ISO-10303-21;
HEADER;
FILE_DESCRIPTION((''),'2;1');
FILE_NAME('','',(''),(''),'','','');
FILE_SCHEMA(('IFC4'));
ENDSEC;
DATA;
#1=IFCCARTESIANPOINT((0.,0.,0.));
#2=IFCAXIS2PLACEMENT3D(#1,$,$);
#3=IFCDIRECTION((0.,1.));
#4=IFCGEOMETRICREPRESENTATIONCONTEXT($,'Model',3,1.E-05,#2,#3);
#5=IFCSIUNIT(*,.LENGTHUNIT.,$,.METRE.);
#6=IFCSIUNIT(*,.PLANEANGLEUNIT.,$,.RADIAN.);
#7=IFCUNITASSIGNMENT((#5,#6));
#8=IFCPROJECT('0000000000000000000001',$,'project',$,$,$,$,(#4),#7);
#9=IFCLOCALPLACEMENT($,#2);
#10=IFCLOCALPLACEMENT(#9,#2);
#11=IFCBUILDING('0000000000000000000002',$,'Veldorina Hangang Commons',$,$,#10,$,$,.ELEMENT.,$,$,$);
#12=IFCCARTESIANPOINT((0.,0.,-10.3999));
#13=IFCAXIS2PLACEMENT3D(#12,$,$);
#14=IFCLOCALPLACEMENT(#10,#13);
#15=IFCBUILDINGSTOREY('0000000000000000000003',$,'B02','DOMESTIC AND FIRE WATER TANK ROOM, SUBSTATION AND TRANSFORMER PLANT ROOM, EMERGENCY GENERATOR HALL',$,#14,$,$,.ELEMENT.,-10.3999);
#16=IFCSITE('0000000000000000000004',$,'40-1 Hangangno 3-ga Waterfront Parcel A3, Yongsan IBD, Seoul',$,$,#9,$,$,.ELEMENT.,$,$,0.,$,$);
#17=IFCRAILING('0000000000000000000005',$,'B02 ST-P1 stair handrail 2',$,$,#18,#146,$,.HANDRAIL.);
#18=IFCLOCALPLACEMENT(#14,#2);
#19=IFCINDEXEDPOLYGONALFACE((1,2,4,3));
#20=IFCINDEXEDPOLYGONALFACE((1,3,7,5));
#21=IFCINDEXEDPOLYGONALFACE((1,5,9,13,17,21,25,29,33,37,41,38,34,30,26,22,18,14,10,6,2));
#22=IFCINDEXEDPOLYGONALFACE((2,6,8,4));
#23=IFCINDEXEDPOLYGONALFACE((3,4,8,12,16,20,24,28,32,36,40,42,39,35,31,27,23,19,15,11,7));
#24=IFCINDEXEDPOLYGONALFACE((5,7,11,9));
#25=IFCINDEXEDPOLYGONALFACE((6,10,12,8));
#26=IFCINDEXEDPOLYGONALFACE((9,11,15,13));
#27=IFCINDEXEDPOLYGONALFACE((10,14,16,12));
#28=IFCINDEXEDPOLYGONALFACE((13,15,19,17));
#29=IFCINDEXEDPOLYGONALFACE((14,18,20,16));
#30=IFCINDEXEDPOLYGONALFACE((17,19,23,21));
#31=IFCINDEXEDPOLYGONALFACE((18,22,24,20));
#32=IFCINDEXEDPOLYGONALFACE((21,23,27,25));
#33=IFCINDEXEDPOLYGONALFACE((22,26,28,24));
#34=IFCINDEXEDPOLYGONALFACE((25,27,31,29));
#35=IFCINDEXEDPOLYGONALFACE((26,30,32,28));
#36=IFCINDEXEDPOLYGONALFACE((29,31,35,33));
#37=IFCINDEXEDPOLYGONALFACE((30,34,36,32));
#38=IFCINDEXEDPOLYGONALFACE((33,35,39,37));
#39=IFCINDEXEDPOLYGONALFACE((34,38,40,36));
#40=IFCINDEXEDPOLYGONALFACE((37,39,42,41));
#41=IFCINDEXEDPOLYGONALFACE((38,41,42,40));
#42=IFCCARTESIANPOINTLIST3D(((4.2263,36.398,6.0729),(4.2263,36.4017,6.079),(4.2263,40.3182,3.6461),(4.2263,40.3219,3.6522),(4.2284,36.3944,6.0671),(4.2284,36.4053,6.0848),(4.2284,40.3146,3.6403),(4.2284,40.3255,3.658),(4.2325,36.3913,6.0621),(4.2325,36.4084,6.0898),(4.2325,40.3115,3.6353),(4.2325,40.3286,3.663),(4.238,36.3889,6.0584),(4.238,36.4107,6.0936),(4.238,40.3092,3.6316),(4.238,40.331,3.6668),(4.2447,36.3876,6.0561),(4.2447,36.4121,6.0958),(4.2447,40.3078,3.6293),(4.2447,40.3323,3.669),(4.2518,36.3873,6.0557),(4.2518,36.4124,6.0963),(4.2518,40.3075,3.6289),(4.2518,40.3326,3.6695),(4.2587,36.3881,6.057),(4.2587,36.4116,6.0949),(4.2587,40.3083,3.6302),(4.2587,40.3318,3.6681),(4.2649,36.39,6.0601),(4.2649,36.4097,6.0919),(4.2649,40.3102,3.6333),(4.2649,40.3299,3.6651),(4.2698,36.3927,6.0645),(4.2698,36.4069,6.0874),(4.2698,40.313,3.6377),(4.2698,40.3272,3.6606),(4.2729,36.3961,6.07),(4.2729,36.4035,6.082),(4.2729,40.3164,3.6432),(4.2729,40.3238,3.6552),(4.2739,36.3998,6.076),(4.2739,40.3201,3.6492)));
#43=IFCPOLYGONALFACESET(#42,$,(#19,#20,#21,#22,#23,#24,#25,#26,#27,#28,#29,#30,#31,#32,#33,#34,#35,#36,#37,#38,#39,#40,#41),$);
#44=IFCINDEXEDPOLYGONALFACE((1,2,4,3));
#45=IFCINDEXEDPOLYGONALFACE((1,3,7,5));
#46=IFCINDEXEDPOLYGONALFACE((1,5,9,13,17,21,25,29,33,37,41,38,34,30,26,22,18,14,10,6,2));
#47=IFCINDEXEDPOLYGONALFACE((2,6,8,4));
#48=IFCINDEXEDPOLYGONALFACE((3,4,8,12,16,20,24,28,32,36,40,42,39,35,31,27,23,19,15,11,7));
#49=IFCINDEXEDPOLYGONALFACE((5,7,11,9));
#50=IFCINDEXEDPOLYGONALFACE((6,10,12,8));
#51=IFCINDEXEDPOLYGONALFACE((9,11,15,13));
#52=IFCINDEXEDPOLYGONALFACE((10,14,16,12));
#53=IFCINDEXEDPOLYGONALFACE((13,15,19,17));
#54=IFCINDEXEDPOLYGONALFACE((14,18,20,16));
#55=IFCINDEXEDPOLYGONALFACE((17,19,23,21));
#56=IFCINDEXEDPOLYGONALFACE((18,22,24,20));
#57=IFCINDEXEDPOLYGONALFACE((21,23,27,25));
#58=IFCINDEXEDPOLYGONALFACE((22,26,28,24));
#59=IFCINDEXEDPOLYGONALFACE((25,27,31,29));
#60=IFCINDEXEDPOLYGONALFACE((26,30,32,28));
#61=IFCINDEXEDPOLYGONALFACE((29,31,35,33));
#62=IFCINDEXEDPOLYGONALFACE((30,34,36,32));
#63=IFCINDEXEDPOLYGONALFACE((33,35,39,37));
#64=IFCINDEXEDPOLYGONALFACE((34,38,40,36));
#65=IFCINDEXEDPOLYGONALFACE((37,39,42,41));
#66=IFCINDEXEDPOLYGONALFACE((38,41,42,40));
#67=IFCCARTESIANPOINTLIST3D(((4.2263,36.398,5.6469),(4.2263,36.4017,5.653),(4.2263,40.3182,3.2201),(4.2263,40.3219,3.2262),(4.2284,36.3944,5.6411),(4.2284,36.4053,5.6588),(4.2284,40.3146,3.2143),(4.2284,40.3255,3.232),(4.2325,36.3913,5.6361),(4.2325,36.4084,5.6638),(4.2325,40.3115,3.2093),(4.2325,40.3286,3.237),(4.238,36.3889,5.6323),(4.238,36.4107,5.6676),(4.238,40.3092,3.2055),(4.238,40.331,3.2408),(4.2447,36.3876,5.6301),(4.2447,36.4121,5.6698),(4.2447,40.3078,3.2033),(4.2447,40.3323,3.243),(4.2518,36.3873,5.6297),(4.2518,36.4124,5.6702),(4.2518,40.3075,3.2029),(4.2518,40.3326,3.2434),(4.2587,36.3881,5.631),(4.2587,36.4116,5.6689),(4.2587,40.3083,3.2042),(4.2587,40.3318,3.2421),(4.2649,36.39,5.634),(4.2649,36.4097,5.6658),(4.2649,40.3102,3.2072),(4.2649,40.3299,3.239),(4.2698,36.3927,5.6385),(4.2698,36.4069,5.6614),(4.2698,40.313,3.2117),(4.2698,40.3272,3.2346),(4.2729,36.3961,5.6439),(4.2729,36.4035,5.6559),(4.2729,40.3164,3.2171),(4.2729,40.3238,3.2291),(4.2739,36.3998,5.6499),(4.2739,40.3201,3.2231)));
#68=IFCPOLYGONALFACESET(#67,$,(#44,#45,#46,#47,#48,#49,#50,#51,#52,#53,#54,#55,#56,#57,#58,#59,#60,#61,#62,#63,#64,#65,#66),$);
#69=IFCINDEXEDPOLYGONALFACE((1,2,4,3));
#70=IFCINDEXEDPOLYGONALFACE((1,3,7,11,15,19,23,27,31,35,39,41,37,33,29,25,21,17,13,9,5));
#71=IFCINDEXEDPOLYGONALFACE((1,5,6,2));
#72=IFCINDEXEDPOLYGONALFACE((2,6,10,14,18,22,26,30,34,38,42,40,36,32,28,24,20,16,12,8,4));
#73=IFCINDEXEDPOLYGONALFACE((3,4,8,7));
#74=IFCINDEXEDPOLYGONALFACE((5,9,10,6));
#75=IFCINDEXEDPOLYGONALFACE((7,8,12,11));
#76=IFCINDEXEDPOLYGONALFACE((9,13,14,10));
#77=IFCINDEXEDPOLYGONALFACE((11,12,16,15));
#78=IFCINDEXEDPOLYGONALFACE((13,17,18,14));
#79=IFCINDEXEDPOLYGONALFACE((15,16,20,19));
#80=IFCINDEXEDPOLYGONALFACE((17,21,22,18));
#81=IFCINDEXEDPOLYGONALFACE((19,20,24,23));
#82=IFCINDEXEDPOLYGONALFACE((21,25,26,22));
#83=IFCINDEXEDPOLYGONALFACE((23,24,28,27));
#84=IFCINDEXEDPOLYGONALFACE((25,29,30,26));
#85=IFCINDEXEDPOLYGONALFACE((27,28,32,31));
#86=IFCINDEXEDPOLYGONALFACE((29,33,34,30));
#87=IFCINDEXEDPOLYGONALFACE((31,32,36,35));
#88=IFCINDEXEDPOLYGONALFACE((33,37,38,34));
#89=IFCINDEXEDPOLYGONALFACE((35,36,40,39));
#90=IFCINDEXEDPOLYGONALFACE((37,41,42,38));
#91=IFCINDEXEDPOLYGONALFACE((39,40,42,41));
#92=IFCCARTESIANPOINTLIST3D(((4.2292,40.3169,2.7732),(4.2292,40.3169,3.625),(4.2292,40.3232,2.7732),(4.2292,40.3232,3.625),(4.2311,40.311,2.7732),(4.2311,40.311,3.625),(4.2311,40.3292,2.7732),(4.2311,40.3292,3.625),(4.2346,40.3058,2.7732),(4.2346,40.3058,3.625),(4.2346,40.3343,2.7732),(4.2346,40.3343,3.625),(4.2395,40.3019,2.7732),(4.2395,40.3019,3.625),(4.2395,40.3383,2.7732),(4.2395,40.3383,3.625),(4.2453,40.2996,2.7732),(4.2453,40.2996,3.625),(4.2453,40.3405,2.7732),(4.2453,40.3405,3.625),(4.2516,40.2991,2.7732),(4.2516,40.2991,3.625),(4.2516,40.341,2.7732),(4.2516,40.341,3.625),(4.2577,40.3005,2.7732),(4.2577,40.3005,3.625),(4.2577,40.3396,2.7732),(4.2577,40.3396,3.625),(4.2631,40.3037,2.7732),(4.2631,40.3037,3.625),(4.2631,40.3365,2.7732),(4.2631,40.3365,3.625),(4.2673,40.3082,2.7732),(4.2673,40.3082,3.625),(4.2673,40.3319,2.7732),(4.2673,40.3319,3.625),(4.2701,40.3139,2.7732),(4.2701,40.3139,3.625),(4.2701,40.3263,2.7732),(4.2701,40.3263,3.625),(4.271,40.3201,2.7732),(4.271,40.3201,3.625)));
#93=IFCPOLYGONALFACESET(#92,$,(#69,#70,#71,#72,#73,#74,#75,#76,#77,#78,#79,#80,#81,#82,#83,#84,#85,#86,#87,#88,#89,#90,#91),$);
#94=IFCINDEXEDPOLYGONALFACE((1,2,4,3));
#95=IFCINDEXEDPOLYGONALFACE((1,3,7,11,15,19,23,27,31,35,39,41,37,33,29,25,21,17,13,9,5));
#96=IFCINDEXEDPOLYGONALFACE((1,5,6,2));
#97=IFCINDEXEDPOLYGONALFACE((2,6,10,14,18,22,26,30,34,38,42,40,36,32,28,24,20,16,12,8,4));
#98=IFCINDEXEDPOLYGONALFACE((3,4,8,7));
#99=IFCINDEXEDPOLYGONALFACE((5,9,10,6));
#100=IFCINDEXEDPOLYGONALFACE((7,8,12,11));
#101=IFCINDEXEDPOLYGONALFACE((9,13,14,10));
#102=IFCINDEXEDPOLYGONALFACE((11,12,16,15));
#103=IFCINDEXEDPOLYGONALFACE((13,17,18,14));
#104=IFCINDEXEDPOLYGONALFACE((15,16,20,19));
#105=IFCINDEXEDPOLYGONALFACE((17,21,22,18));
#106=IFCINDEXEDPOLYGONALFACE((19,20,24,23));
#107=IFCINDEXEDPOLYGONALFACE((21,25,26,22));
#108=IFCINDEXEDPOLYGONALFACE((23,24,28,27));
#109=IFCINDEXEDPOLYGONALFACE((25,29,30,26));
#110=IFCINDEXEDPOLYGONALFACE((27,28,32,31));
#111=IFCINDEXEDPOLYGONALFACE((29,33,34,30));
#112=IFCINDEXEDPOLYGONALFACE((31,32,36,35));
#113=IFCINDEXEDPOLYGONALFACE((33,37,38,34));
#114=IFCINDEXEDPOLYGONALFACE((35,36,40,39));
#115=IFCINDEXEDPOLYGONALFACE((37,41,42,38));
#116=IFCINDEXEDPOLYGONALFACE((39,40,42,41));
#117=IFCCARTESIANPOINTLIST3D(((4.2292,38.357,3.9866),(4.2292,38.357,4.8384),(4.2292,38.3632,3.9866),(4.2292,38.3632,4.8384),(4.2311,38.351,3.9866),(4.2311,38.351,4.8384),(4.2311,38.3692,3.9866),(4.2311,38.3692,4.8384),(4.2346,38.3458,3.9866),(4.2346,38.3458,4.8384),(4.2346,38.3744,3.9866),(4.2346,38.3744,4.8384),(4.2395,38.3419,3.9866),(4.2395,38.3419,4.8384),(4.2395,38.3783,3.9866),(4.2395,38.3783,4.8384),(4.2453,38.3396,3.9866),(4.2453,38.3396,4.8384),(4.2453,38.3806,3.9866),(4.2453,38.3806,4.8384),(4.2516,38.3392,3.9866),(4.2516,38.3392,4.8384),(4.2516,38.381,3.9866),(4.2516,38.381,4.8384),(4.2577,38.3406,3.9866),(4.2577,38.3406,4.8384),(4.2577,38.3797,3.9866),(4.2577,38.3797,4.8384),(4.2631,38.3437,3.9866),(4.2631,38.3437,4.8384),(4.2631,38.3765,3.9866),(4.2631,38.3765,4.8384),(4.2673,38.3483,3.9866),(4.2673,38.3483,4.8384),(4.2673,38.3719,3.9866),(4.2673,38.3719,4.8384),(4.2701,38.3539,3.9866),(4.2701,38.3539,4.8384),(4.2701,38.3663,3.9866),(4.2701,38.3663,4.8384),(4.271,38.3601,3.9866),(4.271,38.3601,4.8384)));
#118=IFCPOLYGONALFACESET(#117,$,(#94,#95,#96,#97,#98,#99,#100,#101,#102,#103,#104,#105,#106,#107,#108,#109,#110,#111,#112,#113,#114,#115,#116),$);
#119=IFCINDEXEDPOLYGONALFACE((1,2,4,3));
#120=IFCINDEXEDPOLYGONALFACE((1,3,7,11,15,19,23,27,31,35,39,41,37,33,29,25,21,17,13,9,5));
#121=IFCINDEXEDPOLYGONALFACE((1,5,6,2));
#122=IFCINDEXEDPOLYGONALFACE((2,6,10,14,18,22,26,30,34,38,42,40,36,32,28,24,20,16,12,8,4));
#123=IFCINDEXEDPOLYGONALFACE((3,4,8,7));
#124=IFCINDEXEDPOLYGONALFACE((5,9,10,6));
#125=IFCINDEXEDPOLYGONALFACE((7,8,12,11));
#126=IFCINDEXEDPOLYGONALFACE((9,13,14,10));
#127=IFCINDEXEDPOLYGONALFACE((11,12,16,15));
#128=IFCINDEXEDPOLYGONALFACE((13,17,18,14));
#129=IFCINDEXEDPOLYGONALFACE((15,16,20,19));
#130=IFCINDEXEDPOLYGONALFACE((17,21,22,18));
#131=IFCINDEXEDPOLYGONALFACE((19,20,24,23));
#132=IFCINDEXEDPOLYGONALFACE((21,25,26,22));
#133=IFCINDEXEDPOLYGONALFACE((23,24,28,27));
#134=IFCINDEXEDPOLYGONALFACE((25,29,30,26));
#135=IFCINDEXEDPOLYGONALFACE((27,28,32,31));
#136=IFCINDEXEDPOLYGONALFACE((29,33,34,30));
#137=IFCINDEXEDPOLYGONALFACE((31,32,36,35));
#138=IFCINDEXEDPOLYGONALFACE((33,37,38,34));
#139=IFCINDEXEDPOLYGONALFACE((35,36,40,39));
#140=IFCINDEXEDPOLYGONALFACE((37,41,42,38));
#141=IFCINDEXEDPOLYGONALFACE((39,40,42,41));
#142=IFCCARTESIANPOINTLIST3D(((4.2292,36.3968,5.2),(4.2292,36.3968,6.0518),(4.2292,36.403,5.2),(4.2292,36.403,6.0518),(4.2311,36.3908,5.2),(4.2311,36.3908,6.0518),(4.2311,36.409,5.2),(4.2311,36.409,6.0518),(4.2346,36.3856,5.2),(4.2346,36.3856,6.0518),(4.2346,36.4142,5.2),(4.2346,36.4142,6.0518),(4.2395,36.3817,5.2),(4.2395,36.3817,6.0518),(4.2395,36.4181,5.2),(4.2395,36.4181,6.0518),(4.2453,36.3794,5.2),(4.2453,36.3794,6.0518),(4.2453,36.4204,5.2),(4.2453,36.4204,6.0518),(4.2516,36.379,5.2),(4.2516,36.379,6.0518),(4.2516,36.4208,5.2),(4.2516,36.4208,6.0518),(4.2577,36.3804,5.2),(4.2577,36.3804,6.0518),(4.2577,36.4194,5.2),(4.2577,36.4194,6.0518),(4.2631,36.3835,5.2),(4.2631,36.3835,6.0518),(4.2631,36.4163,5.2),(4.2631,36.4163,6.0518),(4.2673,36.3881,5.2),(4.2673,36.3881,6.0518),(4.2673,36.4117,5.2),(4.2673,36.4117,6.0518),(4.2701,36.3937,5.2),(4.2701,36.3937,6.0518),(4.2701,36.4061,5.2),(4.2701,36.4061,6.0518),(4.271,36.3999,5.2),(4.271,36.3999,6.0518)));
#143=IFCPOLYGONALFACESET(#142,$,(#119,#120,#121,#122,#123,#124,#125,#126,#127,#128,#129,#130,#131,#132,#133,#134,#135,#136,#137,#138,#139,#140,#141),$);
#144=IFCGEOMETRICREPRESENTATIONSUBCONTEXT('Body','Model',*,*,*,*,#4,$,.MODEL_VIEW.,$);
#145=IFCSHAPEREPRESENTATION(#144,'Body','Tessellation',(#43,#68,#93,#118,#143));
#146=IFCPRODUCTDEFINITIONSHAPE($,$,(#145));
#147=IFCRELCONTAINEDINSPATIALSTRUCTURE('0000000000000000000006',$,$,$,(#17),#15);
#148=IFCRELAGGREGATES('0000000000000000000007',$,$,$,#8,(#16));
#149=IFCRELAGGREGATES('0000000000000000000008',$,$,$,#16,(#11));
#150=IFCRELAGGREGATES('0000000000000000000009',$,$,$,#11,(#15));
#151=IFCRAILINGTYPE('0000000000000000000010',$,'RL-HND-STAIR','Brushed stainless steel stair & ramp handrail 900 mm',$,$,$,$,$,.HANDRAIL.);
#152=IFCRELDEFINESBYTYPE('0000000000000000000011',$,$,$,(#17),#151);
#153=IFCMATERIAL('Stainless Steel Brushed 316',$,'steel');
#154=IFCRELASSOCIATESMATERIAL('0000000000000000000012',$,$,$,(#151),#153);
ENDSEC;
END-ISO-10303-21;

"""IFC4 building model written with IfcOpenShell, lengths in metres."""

from ifc_helpers import new_model, si_unit, direction, frame, origin, origin_2d, place, context, subcontext, project, spatial, circle, extrude, material, type_object, element, save


model = new_model("IFC4")

# Units and contexts
model_context = context("Model", 3, precision=1e-05, world=origin(), true_north=direction((0.0, 1.0)))
body_context = subcontext(model_context, "Body", "Model", "MODEL_VIEW")
ifc_project = project(units=[si_unit("LENGTHUNIT", "METRE"), si_unit("PLANEANGLEUNIT", "RADIAN")], contexts=[model_context])

# Site, building, storey
site_placement = place(None, origin())
site = spatial("IfcSite", under=ifc_project, at=site_placement, Name="40-1 Hangangno 3-ga Waterfront Parcel A3, Yongsan IBD, Seoul", CompositionType="ELEMENT", RefElevation=0.0)
building_placement = place(site_placement, origin())
building = spatial("IfcBuilding", under=site, at=building_placement, Name="Veldorina Hangang Commons", CompositionType="ELEMENT")
storey_placement = place(building_placement, frame((0.0, 0.0, -10.3999)))
storey = spatial("IfcBuildingStorey", under=building, at=storey_placement, Name="B02", Description="DOMESTIC AND FIRE WATER TANK ROOM, SUBSTATION AND TRANSFORMER PLANT ROOM, EMERGENCY GENERATOR HALL", CompositionType="ELEMENT", Elevation=-10.3999)

# Railing
ifc_material_1 = material(Name="Stainless Steel Brushed 316", Category="steel")
railing_type_1 = type_object("IfcRailingType", Name="RL-HND-STAIR", Description="Brushed stainless steel stair & ramp handrail 900 mm", PredefinedType="HANDRAIL", material=ifc_material_1)
railing_1_placement = place(storey_placement, frame((4.25, 40.3201, 2.7732)))
element("IfcRailing", 1, at=railing_1_placement, inside=storey, type_object=railing_type_1, Name="B02 ST-P1 stair handrail 2", PredefinedType="HANDRAIL", context=body_context, shape_type="SweptSolid", body=[
    extrude(circle(Radius=0.0239, at=origin_2d()), frame((0.0, 0.0, 0.876), z_axis=(0.0, -0.850266, 0.526353), x_axis=(1.0, 0.0, 0.0)), (0.0, 0.0, 1.0), 4.6106),
    extrude(circle(Radius=0.0239, at=origin_2d()), frame((0.0, 0.0, 0.45), z_axis=(0.0, -0.850266, 0.526353), x_axis=(1.0, 0.0, 0.0)), (0.0, 0.0, 1.0), 4.6106),
    extrude(circle(Radius=0.021, at=origin_2d()), origin(), (0.0, 0.0, 1.0), 0.8518),
    extrude(circle(Radius=0.021, at=origin_2d()), frame((0.0, -1.96, 1.2134)), (0.0, 0.0, 1.0), 0.8518),
    extrude(circle(Radius=0.021, at=origin_2d()), frame((0.0, -3.9202, 2.4268)), (0.0, 0.0, 1.0), 0.8518),
])

save(model, "model.ifc")
